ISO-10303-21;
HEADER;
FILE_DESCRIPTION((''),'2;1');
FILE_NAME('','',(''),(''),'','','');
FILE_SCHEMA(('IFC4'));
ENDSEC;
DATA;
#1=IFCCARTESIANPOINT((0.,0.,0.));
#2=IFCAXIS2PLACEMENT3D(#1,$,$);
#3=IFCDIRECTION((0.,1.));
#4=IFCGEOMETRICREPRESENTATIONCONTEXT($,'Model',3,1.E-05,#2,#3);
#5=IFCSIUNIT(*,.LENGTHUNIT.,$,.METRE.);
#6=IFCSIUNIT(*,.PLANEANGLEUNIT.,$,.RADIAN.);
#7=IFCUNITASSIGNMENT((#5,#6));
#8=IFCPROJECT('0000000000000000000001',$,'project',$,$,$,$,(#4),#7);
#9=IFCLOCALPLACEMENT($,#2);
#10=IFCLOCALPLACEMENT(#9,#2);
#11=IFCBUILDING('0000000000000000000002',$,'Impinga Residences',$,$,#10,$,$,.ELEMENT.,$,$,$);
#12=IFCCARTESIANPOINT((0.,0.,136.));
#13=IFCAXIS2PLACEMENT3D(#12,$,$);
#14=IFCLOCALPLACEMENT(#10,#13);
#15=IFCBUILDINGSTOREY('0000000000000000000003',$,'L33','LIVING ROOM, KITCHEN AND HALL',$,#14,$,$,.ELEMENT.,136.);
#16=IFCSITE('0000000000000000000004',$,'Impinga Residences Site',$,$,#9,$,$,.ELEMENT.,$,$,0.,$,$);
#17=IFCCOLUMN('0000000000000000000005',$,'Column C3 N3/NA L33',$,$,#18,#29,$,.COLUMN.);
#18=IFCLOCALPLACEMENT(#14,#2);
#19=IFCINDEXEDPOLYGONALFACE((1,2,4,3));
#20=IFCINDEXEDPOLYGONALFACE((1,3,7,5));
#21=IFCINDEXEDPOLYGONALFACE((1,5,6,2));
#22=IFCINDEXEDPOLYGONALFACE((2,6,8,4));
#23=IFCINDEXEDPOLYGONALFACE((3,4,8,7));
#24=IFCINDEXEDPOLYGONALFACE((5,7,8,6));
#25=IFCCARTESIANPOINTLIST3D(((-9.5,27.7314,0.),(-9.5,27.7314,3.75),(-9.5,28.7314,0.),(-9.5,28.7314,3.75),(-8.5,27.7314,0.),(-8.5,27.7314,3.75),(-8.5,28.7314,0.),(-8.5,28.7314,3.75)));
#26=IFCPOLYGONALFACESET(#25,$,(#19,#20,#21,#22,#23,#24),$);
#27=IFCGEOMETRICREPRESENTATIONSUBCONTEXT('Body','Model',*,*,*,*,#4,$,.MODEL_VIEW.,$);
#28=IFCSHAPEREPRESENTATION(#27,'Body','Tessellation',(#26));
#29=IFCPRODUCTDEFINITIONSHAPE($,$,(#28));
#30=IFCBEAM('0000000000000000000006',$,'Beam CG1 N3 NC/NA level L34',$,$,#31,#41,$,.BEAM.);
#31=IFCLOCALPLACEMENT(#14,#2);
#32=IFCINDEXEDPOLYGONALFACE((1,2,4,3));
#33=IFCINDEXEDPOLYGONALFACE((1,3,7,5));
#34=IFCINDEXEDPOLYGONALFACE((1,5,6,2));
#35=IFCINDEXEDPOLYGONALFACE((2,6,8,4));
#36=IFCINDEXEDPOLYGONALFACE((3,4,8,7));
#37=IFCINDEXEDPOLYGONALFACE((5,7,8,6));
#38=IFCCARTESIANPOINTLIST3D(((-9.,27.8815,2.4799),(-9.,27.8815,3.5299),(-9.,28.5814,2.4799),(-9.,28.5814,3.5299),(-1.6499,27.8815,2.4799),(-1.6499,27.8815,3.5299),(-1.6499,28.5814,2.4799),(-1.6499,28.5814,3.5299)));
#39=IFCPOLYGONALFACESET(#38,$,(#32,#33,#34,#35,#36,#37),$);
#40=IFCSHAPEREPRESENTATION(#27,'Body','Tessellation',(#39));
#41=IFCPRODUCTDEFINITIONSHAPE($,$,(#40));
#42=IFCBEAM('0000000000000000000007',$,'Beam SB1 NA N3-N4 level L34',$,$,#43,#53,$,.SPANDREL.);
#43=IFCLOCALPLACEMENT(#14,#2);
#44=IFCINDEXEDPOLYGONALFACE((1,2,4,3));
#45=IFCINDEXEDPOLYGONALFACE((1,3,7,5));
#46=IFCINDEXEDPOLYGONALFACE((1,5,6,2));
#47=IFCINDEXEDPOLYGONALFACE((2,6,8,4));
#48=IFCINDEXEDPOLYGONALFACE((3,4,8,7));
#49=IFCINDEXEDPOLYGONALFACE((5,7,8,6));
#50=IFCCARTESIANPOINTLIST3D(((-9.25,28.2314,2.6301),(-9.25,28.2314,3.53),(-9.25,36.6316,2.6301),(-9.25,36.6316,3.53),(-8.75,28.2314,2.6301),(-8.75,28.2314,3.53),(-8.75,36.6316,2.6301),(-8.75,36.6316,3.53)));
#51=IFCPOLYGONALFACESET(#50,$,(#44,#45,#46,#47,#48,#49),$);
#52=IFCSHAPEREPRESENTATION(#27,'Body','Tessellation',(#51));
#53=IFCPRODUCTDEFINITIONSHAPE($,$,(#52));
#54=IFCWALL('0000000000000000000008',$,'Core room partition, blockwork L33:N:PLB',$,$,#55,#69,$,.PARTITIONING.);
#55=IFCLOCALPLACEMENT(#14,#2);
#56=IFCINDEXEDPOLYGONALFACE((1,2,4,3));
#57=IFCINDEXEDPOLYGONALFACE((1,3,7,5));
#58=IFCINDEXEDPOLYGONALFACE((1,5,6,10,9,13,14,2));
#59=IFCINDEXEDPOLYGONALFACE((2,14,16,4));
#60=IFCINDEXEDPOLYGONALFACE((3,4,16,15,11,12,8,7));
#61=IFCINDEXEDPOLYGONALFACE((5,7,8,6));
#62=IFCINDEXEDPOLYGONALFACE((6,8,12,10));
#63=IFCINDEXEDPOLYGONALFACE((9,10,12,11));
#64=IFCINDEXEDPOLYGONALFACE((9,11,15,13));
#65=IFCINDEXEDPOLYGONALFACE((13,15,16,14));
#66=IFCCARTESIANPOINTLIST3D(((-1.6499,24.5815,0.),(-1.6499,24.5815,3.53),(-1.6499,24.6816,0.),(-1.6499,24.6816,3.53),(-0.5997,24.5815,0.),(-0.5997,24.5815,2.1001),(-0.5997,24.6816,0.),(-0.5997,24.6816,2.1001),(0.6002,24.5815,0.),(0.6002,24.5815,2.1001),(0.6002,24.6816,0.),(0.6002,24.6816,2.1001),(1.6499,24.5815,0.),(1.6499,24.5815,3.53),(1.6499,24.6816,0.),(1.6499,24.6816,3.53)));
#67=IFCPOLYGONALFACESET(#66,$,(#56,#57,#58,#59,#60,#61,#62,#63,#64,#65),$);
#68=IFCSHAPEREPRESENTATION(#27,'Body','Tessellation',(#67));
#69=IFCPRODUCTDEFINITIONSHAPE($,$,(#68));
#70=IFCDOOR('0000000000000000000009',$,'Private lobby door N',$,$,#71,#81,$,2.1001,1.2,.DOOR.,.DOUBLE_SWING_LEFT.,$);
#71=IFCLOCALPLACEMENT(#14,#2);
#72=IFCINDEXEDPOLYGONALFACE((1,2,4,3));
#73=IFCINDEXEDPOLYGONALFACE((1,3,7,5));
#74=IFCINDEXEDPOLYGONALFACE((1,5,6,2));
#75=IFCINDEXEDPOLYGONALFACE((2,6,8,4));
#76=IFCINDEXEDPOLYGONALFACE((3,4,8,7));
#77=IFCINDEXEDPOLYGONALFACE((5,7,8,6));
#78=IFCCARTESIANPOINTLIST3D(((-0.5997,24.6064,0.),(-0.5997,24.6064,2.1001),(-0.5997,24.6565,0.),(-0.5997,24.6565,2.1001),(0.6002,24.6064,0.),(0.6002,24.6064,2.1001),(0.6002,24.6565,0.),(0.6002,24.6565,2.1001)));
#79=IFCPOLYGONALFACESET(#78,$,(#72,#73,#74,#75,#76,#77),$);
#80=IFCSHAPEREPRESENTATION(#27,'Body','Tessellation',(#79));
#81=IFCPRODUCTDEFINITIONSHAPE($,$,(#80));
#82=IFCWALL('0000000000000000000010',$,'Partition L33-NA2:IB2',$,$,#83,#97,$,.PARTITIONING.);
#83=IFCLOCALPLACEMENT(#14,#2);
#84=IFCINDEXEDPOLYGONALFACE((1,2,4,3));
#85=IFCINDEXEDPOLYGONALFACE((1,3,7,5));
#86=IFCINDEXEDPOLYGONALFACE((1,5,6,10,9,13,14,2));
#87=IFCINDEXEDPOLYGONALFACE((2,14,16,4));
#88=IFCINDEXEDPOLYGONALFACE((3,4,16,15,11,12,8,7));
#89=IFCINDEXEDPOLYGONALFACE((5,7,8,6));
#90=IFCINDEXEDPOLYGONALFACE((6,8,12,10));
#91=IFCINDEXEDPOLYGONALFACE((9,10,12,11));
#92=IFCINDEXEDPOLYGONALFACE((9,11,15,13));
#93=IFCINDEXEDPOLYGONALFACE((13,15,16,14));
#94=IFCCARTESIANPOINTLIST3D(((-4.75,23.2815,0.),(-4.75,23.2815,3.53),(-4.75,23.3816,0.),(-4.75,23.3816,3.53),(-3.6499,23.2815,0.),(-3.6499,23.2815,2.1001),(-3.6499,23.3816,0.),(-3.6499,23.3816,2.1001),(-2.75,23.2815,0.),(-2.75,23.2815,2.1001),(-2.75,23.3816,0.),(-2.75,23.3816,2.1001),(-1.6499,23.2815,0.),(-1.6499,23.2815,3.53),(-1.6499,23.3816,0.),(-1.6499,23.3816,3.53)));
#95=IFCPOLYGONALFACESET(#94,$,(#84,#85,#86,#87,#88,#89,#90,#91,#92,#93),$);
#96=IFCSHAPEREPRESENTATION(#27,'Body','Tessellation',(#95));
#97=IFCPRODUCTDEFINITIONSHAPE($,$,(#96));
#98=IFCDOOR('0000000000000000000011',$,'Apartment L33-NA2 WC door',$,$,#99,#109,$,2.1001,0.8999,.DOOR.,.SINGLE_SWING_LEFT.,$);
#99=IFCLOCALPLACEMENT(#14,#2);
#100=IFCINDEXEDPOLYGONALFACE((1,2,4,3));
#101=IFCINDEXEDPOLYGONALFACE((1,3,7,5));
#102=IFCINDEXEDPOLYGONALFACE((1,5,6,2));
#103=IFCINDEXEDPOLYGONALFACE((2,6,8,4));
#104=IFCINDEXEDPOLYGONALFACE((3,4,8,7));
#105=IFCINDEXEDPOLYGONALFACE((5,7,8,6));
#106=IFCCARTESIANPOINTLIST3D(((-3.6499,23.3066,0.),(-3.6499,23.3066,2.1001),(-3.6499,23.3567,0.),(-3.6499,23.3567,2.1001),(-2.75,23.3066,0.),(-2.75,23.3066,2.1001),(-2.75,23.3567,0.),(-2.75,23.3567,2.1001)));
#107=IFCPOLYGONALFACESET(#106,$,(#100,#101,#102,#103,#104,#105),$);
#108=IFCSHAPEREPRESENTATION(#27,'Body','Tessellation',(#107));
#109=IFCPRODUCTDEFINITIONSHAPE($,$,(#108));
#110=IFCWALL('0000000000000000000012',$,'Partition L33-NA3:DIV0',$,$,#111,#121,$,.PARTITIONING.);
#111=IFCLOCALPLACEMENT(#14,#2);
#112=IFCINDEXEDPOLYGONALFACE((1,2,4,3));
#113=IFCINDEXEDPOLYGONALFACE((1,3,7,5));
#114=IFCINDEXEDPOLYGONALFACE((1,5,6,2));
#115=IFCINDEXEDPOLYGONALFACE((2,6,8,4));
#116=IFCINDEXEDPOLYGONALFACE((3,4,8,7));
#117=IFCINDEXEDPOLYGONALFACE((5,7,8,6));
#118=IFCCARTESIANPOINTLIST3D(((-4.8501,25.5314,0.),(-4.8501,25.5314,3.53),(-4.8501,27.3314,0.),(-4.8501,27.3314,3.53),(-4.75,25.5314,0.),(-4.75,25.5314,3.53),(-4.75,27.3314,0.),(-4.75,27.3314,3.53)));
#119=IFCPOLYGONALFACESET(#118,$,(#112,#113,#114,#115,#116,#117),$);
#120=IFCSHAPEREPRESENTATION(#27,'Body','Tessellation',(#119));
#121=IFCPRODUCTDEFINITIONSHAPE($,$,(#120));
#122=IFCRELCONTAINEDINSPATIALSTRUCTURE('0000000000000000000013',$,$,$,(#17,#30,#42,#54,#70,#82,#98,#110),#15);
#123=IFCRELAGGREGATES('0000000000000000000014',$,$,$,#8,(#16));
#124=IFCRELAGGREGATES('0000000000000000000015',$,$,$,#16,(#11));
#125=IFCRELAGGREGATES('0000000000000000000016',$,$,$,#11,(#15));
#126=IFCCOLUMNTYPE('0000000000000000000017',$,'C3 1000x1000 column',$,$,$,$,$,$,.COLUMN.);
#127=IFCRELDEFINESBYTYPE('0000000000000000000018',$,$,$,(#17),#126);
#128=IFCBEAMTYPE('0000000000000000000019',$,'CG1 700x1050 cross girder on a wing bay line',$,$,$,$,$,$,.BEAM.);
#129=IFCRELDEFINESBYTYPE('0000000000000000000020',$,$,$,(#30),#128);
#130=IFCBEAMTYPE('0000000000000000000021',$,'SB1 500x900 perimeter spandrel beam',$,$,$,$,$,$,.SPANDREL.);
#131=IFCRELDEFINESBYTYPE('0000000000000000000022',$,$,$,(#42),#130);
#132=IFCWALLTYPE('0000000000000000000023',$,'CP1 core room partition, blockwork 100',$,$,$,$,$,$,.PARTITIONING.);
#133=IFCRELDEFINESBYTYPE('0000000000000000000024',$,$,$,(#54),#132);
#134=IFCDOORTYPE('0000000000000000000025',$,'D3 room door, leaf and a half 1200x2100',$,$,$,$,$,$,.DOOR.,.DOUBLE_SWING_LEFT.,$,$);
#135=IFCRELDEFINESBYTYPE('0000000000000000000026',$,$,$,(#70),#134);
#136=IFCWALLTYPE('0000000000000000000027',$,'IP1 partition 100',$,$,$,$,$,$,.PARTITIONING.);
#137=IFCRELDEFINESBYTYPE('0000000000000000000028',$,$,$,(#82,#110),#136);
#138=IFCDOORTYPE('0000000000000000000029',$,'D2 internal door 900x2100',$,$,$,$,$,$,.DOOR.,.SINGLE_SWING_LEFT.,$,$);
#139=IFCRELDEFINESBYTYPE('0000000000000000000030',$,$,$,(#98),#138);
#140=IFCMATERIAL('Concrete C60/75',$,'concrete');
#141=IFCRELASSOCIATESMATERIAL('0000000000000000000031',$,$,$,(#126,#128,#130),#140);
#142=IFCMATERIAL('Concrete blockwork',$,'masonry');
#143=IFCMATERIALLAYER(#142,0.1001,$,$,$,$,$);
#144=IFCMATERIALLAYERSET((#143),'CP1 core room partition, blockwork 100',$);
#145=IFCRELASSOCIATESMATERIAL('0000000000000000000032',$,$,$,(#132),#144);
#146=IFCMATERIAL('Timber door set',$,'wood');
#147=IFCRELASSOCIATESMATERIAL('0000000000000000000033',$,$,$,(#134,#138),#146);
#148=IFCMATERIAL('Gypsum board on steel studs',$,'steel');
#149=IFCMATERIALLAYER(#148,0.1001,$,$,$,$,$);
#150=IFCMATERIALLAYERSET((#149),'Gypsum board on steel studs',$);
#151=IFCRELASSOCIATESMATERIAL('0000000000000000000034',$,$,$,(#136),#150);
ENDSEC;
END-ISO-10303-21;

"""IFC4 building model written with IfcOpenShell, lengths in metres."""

from ifc_helpers import new_model, si_unit, direction, frame, frame_2d, origin, origin_2d, place, context, subcontext, project, spatial, rectangle, extrude, material, layer, layer_set, material_profile, profile_set, type_object, element, fill, save


model = new_model("IFC4")

# Units and contexts
model_context = context("Model", 3, precision=1e-05, world=origin(), true_north=direction((0.0, 1.0)))
body_context = subcontext(model_context, "Body", "Model", "MODEL_VIEW")
ifc_project = project(units=[si_unit("LENGTHUNIT", "METRE"), si_unit("PLANEANGLEUNIT", "RADIAN")], contexts=[model_context])

# Site, building, storey
site_placement = place(None, origin())
site = spatial("IfcSite", under=ifc_project, at=site_placement, Name="Impinga Residences Site", CompositionType="ELEMENT", RefElevation=0.0)
building_placement = place(site_placement, origin())
building = spatial("IfcBuilding", under=site, at=building_placement, Name="Impinga Residences", CompositionType="ELEMENT")
storey_placement = place(building_placement, frame((0.0, 0.0, 136.0)))
storey = spatial("IfcBuildingStorey", under=building, at=storey_placement, Name="L33", Description="LIVING ROOM, KITCHEN AND HALL", CompositionType="ELEMENT", Elevation=136.0)

# Column
ifc_material_1 = material(Name="Concrete C60/75", Category="concrete")
ifc_material_profile_1 = material_profile(ifc_material_1, rectangle(XDim=1.0, YDim=1.0, at=origin_2d()), Name="RC 1000x1000")
ifc_profile_set_1 = profile_set([ifc_material_profile_1], Name="Concrete C60/75")
column_type = type_object("IfcColumnType", Name="C3 1000x1000 column", PredefinedType="COLUMN", material=ifc_profile_set_1)
column_placement = place(storey_placement, frame((-9.0, 28.2314, 0.0), z_axis=(0.0, 0.0, 1.0), x_axis=(1.0, 0.0, 0.0)))
element("IfcColumn", 1, at=column_placement, inside=storey, type_object=column_type, Name="Column C3 N3/NA L33", PredefinedType="COLUMN", context=body_context, shape_type="SweptSolid", body=[
    extrude(rectangle(XDim=1.0, YDim=1.0, at=origin_2d()), origin(), (0.0, 0.0, 1.0), 3.75),
])

# Beams
ifc_material_profile_2 = material_profile(ifc_material_1, rectangle(XDim=0.7, YDim=1.05, at=origin_2d()), Name="RC 700x1050")
ifc_profile_set_2 = profile_set([ifc_material_profile_2], Name="Concrete C60/75")
beam_type_1 = type_object("IfcBeamType", Name="CG1 700x1050 cross girder on a wing bay line", PredefinedType="BEAM", material=ifc_profile_set_2)
beam_1_placement = place(storey_placement, frame((-1.6499, 28.2314, 3.0049), z_axis=(-1.0, 0.0, 0.0), x_axis=(0.0, -1.0, 0.0)))
element("IfcBeam", 2, at=beam_1_placement, inside=storey, type_object=beam_type_1, Name="Beam CG1 N3 NC/NA level L34", PredefinedType="BEAM", context=body_context, shape_type="SweptSolid", body=[
    extrude(rectangle(XDim=0.7, YDim=1.05, at=origin_2d()), origin(), (0.0, 0.0, 1.0), 7.3501),
])
ifc_material_profile_3 = material_profile(ifc_material_1, rectangle(XDim=0.5, YDim=0.8999, at=origin_2d()), Name="RC 500x900")
ifc_profile_set_3 = profile_set([ifc_material_profile_3], Name="Concrete C60/75")
beam_type_2 = type_object("IfcBeamType", Name="SB1 500x900 perimeter spandrel beam", PredefinedType="SPANDREL", material=ifc_profile_set_3)
beam_2_placement = place(storey_placement, frame((-9.0, 28.2314, 3.0801), z_axis=(0.0, 1.0, 0.0), x_axis=(-1.0, 0.0, 0.0)))
element("IfcBeam", 3, at=beam_2_placement, inside=storey, type_object=beam_type_2, Name="Beam SB1 NA N3-N4 level L34", PredefinedType="SPANDREL", context=body_context, shape_type="SweptSolid", body=[
    extrude(rectangle(XDim=0.5, YDim=0.8999, at=origin_2d()), origin(), (0.0, 0.0, 1.0), 8.4001),
])

# Walls, openings, doors
ifc_material_2 = material(Name="Concrete blockwork", Category="masonry")
ifc_layer_1 = layer(ifc_material_2, 0.1001)
ifc_layer_set_1 = layer_set([ifc_layer_1], Name="CP1 core room partition, blockwork 100")
wall_type_1 = type_object("IfcWallType", Name="CP1 core room partition, blockwork 100", PredefinedType="PARTITIONING", material=ifc_layer_set_1)
wall_1_placement = place(storey_placement, frame((-1.6499, 24.6316, 0.0), z_axis=(0.0, 0.0, 1.0), x_axis=(1.0, 0.0, 0.0)))
wall_1 = element("IfcWall", 4, at=wall_1_placement, inside=storey, type_object=wall_type_1, Name="Core room partition, blockwork L33:N:PLB", PredefinedType="PARTITIONING", context=body_context, shape_type="SweptSolid", body=[
    extrude(rectangle(XDim=3.2998, YDim=0.1001, at=frame_2d((1.6499, 0.0))), origin(), (0.0, 0.0, 1.0), 3.53),
])
opening_1_placement = place(wall_1_placement, frame((1.05, 0.0, 0.0)))
opening_1 = element("IfcOpeningElement", 5, at=opening_1_placement, cuts=wall_1, PredefinedType="OPENING", context=body_context, shape_type="SweptSolid", body=[
    extrude(rectangle(XDim=1.2, YDim=2.1001, at=frame_2d((0.6001, 1.05))), frame((0.0, 0.0601, 0.0), z_axis=(0.0, -1.0, 0.0), x_axis=(1.0, 0.0, 0.0)), (0.0, 0.0, 1.0), 0.1201),
])
ifc_material_3 = material(Name="Timber door set", Category="wood")
door_type_1 = type_object("IfcDoorType", Name="D3 room door, leaf and a half 1200x2100", OperationType="DOUBLE_SWING_LEFT", PredefinedType="DOOR", material=ifc_material_3)
door_1_placement = place(opening_1_placement, origin())
door_1 = element("IfcDoor", 6, at=door_1_placement, inside=storey, type_object=door_type_1, Name="Private lobby door N", OperationType="DOUBLE_SWING_LEFT", OverallHeight=2.1001, OverallWidth=1.2, PredefinedType="DOOR", context=body_context, shape_type="SweptSolid", body=[
    extrude(rectangle(XDim=1.2, YDim=2.1001, at=frame_2d((0.6001, 1.05))), frame((0.0, 0.0249, 0.0), z_axis=(0.0, -1.0, 0.0), x_axis=(1.0, 0.0, 0.0)), (0.0, 0.0, 1.0), 0.05),
])
fill(opening_1, door_1)
ifc_material_4 = material(Name="Gypsum board on steel studs", Category="steel")
ifc_layer_2 = layer(ifc_material_4, 0.1001)
ifc_layer_set_2 = layer_set([ifc_layer_2], Name="Gypsum board on steel studs")
wall_type_2 = type_object("IfcWallType", Name="IP1 partition 100", PredefinedType="PARTITIONING", material=ifc_layer_set_2)
wall_2_placement = place(storey_placement, frame((-1.6499, 23.3315, 0.0), z_axis=(0.0, 0.0, 1.0), x_axis=(-1.0, 0.0, 0.0)))
wall_2 = element("IfcWall", 7, at=wall_2_placement, inside=storey, type_object=wall_type_2, Name="Partition L33-NA2:IB2", PredefinedType="PARTITIONING", context=body_context, shape_type="SweptSolid", body=[
    extrude(rectangle(XDim=3.1001, YDim=0.1001, at=frame_2d((1.55, 0.0))), origin(), (0.0, 0.0, 1.0), 3.53),
])
opening_2_placement = place(wall_2_placement, frame((1.1001, 0.0, 0.0)))
opening_2 = element("IfcOpeningElement", 8, at=opening_2_placement, cuts=wall_2, PredefinedType="OPENING", context=body_context, shape_type="SweptSolid", body=[
    extrude(rectangle(XDim=0.8999, YDim=2.1001, at=frame_2d((0.45, 1.05))), frame((0.0, 0.0601, 0.0), z_axis=(0.0, -1.0, 0.0), x_axis=(1.0, 0.0, 0.0)), (0.0, 0.0, 1.0), 0.1201),
])
door_type_2 = type_object("IfcDoorType", Name="D2 internal door 900x2100", OperationType="SINGLE_SWING_LEFT", PredefinedType="DOOR", material=ifc_material_3)
door_2_placement = place(opening_2_placement, origin())
door_2 = element("IfcDoor", 9, at=door_2_placement, inside=storey, type_object=door_type_2, Name="Apartment L33-NA2 WC door", OperationType="SINGLE_SWING_LEFT", OverallHeight=2.1001, OverallWidth=0.8999, PredefinedType="DOOR", context=body_context, shape_type="SweptSolid", body=[
    extrude(rectangle(XDim=0.8999, YDim=2.1001, at=frame_2d((0.45, 1.05))), frame((0.0, 0.0249, 0.0), z_axis=(0.0, -1.0, 0.0), x_axis=(1.0, 0.0, 0.0)), (0.0, 0.0, 1.0), 0.05),
])
fill(opening_2, door_2)

# Wall
wall_3_placement = place(storey_placement, frame((-4.8, 25.5315, 0.0), z_axis=(0.0, 0.0, 1.0), x_axis=(0.0, 1.0, 0.0)))
element("IfcWall", 10, at=wall_3_placement, inside=storey, type_object=wall_type_2, Name="Partition L33-NA3:DIV0", PredefinedType="PARTITIONING", context=body_context, shape_type="SweptSolid", body=[
    extrude(rectangle(XDim=1.8, YDim=0.1001, at=frame_2d((0.8999, 0.0))), origin(), (0.0, 0.0, 1.0), 3.53),
])

save(model, "model.ifc")
